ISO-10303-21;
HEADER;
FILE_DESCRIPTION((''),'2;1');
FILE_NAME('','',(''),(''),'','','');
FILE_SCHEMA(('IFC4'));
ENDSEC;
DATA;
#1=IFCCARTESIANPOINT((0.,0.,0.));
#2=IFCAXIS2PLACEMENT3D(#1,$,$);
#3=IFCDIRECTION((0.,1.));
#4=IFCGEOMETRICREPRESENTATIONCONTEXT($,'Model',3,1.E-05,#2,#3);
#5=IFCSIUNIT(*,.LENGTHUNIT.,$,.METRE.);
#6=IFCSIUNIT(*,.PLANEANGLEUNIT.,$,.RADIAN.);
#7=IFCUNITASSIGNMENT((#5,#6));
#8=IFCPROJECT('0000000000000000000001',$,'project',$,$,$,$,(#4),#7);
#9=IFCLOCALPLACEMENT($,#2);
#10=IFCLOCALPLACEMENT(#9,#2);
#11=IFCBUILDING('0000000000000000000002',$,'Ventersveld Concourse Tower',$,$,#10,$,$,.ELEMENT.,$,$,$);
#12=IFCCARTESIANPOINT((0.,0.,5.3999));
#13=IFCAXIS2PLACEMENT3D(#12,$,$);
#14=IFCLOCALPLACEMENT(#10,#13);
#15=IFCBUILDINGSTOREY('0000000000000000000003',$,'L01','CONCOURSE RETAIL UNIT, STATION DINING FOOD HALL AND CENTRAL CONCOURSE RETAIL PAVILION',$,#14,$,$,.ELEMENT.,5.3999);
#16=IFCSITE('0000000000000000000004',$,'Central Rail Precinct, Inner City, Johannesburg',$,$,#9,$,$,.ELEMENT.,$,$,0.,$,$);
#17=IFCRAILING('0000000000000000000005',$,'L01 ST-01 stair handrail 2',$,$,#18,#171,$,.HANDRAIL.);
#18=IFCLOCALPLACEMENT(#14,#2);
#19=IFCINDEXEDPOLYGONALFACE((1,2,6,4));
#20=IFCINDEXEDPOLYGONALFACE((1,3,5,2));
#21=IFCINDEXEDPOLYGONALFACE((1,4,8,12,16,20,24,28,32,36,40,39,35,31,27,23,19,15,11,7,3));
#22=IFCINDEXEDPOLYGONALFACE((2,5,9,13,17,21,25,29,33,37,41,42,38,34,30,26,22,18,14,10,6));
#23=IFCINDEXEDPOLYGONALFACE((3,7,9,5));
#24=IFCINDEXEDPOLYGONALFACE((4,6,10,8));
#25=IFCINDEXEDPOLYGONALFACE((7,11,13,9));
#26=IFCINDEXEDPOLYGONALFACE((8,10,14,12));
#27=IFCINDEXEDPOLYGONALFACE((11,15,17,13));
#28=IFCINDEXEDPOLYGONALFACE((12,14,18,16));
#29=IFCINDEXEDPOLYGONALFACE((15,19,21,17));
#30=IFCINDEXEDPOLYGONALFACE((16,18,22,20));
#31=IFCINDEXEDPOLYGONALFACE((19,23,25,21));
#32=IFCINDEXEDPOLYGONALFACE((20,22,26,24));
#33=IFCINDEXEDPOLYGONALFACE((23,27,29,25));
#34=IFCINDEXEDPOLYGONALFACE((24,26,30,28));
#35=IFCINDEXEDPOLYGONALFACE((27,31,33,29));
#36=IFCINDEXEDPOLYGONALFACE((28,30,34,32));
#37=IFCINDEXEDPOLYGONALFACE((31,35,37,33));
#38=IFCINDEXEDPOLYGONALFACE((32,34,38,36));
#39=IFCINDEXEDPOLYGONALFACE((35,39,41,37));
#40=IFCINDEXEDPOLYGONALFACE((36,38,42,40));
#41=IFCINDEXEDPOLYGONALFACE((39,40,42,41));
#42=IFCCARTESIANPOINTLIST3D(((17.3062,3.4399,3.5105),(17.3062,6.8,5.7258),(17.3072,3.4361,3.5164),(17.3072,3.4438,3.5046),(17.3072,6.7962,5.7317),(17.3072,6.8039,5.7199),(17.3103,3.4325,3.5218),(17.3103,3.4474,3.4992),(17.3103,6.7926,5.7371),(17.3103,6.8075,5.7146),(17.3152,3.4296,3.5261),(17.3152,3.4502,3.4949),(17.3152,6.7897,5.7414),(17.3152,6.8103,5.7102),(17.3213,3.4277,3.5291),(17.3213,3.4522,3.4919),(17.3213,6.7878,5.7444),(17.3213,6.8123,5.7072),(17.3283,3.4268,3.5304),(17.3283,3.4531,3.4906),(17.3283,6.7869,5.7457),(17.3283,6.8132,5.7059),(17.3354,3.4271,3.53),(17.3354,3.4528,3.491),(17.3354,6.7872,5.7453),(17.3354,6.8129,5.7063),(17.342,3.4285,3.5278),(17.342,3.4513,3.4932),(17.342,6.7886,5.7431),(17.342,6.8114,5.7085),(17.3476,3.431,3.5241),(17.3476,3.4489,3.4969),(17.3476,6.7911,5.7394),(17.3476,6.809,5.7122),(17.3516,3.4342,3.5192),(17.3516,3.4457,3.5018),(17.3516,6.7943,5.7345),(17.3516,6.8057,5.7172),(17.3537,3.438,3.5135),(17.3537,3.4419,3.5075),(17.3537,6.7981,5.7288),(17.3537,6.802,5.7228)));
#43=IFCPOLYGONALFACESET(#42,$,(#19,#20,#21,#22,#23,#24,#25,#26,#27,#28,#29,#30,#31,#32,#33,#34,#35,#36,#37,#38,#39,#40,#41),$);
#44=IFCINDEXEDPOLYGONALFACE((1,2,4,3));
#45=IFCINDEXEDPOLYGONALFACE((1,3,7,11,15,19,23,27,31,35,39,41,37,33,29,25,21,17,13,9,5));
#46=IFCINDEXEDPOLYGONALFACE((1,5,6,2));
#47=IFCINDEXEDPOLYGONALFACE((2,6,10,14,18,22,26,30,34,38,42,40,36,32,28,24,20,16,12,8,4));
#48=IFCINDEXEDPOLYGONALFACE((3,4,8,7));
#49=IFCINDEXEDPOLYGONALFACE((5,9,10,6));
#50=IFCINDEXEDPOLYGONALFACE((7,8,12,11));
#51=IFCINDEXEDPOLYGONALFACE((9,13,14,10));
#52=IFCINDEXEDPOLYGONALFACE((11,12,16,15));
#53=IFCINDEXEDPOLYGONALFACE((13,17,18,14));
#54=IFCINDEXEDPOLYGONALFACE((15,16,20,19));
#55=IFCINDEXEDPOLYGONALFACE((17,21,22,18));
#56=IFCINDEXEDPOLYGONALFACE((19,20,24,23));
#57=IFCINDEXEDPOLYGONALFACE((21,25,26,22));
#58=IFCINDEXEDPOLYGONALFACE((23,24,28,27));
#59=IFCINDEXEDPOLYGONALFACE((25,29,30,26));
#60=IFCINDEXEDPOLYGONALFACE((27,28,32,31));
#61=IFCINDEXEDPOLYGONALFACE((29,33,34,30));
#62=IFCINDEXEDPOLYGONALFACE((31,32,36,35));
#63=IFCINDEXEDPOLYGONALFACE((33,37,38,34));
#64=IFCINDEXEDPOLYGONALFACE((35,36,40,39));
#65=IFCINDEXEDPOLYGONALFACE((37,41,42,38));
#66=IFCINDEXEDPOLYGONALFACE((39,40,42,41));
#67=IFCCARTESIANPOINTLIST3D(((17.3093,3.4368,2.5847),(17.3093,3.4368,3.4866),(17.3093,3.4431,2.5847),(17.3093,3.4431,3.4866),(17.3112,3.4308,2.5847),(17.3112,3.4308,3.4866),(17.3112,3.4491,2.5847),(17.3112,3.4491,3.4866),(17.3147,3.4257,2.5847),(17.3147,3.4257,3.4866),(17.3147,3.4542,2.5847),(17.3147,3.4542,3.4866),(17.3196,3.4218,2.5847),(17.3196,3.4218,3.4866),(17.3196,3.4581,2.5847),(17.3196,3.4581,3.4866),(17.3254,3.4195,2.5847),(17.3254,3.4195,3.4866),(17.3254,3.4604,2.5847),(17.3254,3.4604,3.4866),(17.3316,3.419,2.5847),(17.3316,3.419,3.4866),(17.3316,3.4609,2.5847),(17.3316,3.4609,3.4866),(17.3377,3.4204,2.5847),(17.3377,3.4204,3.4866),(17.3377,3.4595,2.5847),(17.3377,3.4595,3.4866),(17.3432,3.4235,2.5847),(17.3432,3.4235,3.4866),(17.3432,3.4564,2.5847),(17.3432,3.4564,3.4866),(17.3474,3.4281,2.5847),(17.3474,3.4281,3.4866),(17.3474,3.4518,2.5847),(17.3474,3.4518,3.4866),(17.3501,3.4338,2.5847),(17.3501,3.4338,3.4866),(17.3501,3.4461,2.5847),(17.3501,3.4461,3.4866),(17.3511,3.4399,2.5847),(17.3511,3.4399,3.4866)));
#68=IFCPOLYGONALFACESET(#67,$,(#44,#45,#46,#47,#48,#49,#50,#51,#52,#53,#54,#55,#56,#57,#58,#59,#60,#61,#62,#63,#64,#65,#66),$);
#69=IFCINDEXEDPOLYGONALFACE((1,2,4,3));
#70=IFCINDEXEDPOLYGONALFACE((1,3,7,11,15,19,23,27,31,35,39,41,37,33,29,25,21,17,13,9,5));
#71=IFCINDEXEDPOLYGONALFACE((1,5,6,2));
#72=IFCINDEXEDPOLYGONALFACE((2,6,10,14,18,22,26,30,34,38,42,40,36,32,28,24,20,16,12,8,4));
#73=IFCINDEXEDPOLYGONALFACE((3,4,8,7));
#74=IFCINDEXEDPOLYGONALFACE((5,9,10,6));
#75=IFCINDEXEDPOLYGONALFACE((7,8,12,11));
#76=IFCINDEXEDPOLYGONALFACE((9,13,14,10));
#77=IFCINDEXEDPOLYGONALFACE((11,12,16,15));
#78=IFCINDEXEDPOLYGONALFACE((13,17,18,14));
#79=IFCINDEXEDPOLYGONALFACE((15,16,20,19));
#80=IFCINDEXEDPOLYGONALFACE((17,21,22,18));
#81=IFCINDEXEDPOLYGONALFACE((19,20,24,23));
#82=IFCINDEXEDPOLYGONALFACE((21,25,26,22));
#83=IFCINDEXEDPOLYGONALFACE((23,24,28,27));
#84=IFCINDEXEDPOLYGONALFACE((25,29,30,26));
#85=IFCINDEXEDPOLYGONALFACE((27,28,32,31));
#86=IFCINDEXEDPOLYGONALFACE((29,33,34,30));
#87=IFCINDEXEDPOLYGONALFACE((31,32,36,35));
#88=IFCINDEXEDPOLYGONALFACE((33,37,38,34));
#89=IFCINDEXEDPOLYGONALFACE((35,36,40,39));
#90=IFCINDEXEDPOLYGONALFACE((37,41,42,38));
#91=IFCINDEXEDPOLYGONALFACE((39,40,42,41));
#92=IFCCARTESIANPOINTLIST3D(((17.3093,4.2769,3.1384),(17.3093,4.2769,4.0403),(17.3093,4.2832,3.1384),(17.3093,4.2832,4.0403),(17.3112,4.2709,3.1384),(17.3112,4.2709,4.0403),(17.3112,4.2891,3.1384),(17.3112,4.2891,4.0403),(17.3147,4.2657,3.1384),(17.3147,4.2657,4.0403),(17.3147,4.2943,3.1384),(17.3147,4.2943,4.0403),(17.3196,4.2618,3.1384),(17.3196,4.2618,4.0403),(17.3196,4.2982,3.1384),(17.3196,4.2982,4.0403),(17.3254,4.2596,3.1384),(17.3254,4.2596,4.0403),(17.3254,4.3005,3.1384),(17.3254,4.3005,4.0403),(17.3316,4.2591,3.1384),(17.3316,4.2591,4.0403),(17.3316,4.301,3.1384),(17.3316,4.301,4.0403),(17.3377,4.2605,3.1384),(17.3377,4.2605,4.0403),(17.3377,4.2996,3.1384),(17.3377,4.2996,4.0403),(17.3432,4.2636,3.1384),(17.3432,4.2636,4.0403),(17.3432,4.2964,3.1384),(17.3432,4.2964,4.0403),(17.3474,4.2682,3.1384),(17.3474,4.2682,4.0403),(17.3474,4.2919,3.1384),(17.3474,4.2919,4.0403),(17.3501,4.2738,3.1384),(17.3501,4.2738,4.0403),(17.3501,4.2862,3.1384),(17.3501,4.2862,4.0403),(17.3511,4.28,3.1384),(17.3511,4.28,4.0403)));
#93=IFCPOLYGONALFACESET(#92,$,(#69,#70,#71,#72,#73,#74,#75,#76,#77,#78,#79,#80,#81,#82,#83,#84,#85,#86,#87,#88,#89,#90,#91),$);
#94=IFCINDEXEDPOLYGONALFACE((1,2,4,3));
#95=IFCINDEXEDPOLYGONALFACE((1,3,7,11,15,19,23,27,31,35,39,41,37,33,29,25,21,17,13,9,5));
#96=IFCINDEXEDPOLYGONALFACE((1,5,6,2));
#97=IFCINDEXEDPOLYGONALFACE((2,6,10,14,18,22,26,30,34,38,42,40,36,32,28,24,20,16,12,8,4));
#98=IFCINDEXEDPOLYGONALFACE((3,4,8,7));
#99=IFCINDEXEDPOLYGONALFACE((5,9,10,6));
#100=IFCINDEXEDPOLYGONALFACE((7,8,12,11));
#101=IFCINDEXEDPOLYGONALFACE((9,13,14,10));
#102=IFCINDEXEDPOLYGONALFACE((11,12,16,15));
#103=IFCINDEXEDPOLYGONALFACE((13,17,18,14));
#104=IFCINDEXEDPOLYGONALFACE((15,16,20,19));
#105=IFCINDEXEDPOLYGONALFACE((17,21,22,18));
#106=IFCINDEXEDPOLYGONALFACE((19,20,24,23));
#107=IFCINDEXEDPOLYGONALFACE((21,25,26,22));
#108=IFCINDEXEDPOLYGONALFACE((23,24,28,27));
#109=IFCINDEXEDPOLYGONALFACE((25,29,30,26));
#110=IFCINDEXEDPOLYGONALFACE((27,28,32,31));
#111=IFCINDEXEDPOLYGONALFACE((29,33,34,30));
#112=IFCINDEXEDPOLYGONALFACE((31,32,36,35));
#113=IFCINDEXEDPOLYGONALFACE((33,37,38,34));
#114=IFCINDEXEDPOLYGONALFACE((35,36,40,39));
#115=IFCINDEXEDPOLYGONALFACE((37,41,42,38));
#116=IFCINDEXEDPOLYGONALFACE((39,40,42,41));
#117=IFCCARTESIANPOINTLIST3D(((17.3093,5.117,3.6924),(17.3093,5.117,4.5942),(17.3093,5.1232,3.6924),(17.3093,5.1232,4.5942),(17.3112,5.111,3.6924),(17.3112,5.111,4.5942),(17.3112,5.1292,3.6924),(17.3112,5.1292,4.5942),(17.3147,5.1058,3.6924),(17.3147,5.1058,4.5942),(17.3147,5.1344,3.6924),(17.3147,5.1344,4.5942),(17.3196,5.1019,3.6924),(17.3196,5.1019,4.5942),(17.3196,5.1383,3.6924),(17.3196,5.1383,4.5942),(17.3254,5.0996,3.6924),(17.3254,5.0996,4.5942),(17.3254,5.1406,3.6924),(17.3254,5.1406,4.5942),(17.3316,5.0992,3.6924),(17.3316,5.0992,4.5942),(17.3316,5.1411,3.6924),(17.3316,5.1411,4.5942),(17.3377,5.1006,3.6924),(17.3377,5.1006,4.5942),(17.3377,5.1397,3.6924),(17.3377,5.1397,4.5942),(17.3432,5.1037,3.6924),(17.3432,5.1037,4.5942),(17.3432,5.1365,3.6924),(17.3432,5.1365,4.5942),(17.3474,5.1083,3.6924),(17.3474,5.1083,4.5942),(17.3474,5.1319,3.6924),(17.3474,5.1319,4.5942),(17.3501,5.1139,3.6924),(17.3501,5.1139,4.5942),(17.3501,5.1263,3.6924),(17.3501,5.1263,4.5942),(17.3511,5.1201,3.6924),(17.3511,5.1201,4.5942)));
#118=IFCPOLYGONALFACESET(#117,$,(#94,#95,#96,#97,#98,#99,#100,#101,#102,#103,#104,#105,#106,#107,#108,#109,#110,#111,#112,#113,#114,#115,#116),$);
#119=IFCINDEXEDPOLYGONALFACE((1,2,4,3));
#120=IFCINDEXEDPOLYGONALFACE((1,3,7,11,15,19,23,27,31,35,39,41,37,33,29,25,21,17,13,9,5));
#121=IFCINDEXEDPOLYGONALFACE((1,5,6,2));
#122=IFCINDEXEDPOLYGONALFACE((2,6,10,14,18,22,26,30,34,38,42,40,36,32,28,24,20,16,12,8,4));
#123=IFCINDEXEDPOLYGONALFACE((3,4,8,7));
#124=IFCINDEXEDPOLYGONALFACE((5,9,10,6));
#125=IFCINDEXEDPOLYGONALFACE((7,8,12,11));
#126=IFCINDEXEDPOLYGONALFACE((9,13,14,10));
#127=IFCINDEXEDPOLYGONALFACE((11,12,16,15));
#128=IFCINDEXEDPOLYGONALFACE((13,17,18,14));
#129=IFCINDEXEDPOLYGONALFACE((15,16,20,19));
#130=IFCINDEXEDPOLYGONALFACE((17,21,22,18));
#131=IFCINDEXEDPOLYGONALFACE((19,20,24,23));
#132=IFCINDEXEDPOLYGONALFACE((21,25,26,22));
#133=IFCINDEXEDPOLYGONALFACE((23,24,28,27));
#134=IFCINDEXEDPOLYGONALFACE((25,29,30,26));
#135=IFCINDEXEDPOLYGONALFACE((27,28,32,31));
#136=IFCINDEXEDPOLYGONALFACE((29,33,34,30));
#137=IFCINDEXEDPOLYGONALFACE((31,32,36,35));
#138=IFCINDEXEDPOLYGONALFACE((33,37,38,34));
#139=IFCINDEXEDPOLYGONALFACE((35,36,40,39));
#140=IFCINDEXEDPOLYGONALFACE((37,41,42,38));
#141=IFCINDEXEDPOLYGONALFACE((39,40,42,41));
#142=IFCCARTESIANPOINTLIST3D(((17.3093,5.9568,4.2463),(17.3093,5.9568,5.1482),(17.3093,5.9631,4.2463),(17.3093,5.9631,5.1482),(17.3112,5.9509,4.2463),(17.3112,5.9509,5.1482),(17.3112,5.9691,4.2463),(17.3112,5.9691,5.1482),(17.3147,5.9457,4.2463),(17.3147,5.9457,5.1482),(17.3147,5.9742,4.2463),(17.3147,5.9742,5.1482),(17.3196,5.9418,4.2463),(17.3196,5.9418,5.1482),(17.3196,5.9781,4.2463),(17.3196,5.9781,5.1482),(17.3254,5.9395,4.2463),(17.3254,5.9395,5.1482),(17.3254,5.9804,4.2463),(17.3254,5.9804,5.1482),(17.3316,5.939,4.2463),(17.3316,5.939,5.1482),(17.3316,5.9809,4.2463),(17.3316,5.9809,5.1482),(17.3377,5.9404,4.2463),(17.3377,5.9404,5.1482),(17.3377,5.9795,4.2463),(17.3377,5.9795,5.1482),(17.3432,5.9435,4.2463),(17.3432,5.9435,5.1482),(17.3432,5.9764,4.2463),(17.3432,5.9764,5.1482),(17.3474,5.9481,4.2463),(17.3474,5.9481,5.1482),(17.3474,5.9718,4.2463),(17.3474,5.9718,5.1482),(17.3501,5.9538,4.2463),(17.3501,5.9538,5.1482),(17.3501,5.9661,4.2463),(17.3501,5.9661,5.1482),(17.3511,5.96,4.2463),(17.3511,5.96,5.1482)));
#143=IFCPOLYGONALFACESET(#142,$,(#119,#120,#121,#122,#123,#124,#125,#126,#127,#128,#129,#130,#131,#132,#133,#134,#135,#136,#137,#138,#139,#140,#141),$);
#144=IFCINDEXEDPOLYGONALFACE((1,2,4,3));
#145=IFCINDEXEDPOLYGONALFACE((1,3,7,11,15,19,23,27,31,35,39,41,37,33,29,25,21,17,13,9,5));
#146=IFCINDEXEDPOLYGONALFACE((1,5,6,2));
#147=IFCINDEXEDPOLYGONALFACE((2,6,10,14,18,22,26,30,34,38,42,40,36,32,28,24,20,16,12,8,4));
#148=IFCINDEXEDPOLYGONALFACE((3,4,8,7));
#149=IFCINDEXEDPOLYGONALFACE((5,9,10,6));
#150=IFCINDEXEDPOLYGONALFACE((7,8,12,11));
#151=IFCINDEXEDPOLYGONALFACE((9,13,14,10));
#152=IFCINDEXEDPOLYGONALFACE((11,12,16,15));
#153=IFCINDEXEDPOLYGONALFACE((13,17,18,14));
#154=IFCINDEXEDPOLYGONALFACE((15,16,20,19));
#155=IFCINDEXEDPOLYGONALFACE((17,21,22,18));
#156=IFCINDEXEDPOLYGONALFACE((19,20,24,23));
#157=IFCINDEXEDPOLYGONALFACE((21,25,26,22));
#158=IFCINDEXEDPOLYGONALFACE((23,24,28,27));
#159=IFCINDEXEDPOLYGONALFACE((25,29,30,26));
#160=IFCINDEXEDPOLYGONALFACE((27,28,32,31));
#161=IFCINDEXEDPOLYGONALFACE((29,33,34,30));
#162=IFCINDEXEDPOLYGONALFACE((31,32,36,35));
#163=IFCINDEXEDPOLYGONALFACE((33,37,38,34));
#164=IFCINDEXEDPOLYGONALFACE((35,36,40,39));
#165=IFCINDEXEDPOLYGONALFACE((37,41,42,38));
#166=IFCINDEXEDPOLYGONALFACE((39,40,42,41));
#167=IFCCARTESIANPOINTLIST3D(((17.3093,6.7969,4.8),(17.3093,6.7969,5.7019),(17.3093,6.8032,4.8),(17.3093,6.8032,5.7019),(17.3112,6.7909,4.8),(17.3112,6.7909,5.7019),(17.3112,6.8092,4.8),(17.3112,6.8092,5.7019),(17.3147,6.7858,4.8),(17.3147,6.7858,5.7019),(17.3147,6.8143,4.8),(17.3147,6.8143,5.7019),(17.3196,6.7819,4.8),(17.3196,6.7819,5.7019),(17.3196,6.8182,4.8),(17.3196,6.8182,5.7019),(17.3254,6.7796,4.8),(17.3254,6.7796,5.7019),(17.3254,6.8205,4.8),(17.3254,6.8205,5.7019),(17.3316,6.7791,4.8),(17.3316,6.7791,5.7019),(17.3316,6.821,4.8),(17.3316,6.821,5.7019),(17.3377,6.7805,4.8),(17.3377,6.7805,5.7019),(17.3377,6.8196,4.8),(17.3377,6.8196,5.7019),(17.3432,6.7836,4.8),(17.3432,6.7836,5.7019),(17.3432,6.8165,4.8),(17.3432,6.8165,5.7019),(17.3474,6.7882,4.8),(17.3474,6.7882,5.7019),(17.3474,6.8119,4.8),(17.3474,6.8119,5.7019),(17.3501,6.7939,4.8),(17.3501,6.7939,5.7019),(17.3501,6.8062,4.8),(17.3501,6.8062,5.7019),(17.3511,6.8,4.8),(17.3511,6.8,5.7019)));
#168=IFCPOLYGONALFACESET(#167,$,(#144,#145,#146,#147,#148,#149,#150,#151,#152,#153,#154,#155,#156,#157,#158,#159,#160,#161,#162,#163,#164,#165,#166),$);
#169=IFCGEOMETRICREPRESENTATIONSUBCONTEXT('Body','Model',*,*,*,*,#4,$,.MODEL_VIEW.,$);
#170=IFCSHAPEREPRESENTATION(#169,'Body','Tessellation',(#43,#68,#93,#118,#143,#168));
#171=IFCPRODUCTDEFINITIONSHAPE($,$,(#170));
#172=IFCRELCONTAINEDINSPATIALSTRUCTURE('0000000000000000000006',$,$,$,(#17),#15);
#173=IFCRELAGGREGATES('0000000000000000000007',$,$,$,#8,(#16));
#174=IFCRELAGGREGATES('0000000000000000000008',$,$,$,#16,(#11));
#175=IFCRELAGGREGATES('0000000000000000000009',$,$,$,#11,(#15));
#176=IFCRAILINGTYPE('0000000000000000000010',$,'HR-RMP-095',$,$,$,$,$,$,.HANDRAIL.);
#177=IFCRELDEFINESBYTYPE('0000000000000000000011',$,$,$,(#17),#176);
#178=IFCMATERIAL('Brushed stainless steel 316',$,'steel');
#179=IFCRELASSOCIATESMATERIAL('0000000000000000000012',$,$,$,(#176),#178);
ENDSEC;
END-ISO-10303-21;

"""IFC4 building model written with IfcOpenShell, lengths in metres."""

from ifc_helpers import new_model, si_unit, direction, frame, origin, origin_2d, place, context, subcontext, project, spatial, circle, extrude, material, type_object, element, save


model = new_model("IFC4")

# Units and contexts
model_context = context("Model", 3, precision=1e-05, world=origin(), true_north=direction((0.0, 1.0)))
body_context = subcontext(model_context, "Body", "Model", "MODEL_VIEW")
ifc_project = project(units=[si_unit("LENGTHUNIT", "METRE"), si_unit("PLANEANGLEUNIT", "RADIAN")], contexts=[model_context])

# Site, building, storey
site_placement = place(None, origin())
site = spatial("IfcSite", under=ifc_project, at=site_placement, Name="Central Rail Precinct, Inner City, Johannesburg", CompositionType="ELEMENT", RefElevation=0.0)
building_placement = place(site_placement, origin())
building = spatial("IfcBuilding", under=site, at=building_placement, Name="Ventersveld Concourse Tower", CompositionType="ELEMENT")
storey_placement = place(building_placement, frame((0.0, 0.0, 5.3999)))
storey = spatial("IfcBuildingStorey", under=building, at=storey_placement, Name="L01", Description="CONCOURSE RETAIL UNIT, STATION DINING FOOD HALL AND CENTRAL CONCOURSE RETAIL PAVILION", CompositionType="ELEMENT", Elevation=5.3999)

# Shared definitions
ifc_material_1 = material(Name="Brushed stainless steel 316", Category="steel")

# Railing
railing_type_1 = type_object("IfcRailingType", Name="HR-RMP-095", PredefinedType="HANDRAIL", material=ifc_material_1)
railing_1_placement = place(storey_placement, frame((17.3301, 3.4399, 2.5847)))
element("IfcRailing", 1, at=railing_1_placement, inside=storey, type_object=railing_type_1, Name="L01 ST-01 stair handrail 2", PredefinedType="HANDRAIL", context=body_context, shape_type="SweptSolid", body=[
    extrude(circle(Radius=0.0239, at=origin_2d()), frame((0.0, 0.0, 0.9258), z_axis=(0.0, 0.834876, 0.550437), x_axis=(-1.0, 0.0, 0.0)), (0.0, 0.0, 1.0), 4.0247),
    extrude(circle(Radius=0.021, at=origin_2d()), origin(), (0.0, 0.0, 1.0), 0.9019),
    extrude(circle(Radius=0.021, at=origin_2d()), frame((0.0, 0.8401, 0.5537)), (0.0, 0.0, 1.0), 0.9019),
    extrude(circle(Radius=0.021, at=origin_2d()), frame((0.0, 1.6802, 1.1077)), (0.0, 0.0, 1.0), 0.9019),
    extrude(circle(Radius=0.021, at=origin_2d()), frame((0.0, 2.52, 1.6616)), (0.0, 0.0, 1.0), 0.9019),
    extrude(circle(Radius=0.021, at=origin_2d()), frame((0.0, 3.3601, 2.2153)), (0.0, 0.0, 1.0), 0.9019),
])

save(model, "model.ifc")
